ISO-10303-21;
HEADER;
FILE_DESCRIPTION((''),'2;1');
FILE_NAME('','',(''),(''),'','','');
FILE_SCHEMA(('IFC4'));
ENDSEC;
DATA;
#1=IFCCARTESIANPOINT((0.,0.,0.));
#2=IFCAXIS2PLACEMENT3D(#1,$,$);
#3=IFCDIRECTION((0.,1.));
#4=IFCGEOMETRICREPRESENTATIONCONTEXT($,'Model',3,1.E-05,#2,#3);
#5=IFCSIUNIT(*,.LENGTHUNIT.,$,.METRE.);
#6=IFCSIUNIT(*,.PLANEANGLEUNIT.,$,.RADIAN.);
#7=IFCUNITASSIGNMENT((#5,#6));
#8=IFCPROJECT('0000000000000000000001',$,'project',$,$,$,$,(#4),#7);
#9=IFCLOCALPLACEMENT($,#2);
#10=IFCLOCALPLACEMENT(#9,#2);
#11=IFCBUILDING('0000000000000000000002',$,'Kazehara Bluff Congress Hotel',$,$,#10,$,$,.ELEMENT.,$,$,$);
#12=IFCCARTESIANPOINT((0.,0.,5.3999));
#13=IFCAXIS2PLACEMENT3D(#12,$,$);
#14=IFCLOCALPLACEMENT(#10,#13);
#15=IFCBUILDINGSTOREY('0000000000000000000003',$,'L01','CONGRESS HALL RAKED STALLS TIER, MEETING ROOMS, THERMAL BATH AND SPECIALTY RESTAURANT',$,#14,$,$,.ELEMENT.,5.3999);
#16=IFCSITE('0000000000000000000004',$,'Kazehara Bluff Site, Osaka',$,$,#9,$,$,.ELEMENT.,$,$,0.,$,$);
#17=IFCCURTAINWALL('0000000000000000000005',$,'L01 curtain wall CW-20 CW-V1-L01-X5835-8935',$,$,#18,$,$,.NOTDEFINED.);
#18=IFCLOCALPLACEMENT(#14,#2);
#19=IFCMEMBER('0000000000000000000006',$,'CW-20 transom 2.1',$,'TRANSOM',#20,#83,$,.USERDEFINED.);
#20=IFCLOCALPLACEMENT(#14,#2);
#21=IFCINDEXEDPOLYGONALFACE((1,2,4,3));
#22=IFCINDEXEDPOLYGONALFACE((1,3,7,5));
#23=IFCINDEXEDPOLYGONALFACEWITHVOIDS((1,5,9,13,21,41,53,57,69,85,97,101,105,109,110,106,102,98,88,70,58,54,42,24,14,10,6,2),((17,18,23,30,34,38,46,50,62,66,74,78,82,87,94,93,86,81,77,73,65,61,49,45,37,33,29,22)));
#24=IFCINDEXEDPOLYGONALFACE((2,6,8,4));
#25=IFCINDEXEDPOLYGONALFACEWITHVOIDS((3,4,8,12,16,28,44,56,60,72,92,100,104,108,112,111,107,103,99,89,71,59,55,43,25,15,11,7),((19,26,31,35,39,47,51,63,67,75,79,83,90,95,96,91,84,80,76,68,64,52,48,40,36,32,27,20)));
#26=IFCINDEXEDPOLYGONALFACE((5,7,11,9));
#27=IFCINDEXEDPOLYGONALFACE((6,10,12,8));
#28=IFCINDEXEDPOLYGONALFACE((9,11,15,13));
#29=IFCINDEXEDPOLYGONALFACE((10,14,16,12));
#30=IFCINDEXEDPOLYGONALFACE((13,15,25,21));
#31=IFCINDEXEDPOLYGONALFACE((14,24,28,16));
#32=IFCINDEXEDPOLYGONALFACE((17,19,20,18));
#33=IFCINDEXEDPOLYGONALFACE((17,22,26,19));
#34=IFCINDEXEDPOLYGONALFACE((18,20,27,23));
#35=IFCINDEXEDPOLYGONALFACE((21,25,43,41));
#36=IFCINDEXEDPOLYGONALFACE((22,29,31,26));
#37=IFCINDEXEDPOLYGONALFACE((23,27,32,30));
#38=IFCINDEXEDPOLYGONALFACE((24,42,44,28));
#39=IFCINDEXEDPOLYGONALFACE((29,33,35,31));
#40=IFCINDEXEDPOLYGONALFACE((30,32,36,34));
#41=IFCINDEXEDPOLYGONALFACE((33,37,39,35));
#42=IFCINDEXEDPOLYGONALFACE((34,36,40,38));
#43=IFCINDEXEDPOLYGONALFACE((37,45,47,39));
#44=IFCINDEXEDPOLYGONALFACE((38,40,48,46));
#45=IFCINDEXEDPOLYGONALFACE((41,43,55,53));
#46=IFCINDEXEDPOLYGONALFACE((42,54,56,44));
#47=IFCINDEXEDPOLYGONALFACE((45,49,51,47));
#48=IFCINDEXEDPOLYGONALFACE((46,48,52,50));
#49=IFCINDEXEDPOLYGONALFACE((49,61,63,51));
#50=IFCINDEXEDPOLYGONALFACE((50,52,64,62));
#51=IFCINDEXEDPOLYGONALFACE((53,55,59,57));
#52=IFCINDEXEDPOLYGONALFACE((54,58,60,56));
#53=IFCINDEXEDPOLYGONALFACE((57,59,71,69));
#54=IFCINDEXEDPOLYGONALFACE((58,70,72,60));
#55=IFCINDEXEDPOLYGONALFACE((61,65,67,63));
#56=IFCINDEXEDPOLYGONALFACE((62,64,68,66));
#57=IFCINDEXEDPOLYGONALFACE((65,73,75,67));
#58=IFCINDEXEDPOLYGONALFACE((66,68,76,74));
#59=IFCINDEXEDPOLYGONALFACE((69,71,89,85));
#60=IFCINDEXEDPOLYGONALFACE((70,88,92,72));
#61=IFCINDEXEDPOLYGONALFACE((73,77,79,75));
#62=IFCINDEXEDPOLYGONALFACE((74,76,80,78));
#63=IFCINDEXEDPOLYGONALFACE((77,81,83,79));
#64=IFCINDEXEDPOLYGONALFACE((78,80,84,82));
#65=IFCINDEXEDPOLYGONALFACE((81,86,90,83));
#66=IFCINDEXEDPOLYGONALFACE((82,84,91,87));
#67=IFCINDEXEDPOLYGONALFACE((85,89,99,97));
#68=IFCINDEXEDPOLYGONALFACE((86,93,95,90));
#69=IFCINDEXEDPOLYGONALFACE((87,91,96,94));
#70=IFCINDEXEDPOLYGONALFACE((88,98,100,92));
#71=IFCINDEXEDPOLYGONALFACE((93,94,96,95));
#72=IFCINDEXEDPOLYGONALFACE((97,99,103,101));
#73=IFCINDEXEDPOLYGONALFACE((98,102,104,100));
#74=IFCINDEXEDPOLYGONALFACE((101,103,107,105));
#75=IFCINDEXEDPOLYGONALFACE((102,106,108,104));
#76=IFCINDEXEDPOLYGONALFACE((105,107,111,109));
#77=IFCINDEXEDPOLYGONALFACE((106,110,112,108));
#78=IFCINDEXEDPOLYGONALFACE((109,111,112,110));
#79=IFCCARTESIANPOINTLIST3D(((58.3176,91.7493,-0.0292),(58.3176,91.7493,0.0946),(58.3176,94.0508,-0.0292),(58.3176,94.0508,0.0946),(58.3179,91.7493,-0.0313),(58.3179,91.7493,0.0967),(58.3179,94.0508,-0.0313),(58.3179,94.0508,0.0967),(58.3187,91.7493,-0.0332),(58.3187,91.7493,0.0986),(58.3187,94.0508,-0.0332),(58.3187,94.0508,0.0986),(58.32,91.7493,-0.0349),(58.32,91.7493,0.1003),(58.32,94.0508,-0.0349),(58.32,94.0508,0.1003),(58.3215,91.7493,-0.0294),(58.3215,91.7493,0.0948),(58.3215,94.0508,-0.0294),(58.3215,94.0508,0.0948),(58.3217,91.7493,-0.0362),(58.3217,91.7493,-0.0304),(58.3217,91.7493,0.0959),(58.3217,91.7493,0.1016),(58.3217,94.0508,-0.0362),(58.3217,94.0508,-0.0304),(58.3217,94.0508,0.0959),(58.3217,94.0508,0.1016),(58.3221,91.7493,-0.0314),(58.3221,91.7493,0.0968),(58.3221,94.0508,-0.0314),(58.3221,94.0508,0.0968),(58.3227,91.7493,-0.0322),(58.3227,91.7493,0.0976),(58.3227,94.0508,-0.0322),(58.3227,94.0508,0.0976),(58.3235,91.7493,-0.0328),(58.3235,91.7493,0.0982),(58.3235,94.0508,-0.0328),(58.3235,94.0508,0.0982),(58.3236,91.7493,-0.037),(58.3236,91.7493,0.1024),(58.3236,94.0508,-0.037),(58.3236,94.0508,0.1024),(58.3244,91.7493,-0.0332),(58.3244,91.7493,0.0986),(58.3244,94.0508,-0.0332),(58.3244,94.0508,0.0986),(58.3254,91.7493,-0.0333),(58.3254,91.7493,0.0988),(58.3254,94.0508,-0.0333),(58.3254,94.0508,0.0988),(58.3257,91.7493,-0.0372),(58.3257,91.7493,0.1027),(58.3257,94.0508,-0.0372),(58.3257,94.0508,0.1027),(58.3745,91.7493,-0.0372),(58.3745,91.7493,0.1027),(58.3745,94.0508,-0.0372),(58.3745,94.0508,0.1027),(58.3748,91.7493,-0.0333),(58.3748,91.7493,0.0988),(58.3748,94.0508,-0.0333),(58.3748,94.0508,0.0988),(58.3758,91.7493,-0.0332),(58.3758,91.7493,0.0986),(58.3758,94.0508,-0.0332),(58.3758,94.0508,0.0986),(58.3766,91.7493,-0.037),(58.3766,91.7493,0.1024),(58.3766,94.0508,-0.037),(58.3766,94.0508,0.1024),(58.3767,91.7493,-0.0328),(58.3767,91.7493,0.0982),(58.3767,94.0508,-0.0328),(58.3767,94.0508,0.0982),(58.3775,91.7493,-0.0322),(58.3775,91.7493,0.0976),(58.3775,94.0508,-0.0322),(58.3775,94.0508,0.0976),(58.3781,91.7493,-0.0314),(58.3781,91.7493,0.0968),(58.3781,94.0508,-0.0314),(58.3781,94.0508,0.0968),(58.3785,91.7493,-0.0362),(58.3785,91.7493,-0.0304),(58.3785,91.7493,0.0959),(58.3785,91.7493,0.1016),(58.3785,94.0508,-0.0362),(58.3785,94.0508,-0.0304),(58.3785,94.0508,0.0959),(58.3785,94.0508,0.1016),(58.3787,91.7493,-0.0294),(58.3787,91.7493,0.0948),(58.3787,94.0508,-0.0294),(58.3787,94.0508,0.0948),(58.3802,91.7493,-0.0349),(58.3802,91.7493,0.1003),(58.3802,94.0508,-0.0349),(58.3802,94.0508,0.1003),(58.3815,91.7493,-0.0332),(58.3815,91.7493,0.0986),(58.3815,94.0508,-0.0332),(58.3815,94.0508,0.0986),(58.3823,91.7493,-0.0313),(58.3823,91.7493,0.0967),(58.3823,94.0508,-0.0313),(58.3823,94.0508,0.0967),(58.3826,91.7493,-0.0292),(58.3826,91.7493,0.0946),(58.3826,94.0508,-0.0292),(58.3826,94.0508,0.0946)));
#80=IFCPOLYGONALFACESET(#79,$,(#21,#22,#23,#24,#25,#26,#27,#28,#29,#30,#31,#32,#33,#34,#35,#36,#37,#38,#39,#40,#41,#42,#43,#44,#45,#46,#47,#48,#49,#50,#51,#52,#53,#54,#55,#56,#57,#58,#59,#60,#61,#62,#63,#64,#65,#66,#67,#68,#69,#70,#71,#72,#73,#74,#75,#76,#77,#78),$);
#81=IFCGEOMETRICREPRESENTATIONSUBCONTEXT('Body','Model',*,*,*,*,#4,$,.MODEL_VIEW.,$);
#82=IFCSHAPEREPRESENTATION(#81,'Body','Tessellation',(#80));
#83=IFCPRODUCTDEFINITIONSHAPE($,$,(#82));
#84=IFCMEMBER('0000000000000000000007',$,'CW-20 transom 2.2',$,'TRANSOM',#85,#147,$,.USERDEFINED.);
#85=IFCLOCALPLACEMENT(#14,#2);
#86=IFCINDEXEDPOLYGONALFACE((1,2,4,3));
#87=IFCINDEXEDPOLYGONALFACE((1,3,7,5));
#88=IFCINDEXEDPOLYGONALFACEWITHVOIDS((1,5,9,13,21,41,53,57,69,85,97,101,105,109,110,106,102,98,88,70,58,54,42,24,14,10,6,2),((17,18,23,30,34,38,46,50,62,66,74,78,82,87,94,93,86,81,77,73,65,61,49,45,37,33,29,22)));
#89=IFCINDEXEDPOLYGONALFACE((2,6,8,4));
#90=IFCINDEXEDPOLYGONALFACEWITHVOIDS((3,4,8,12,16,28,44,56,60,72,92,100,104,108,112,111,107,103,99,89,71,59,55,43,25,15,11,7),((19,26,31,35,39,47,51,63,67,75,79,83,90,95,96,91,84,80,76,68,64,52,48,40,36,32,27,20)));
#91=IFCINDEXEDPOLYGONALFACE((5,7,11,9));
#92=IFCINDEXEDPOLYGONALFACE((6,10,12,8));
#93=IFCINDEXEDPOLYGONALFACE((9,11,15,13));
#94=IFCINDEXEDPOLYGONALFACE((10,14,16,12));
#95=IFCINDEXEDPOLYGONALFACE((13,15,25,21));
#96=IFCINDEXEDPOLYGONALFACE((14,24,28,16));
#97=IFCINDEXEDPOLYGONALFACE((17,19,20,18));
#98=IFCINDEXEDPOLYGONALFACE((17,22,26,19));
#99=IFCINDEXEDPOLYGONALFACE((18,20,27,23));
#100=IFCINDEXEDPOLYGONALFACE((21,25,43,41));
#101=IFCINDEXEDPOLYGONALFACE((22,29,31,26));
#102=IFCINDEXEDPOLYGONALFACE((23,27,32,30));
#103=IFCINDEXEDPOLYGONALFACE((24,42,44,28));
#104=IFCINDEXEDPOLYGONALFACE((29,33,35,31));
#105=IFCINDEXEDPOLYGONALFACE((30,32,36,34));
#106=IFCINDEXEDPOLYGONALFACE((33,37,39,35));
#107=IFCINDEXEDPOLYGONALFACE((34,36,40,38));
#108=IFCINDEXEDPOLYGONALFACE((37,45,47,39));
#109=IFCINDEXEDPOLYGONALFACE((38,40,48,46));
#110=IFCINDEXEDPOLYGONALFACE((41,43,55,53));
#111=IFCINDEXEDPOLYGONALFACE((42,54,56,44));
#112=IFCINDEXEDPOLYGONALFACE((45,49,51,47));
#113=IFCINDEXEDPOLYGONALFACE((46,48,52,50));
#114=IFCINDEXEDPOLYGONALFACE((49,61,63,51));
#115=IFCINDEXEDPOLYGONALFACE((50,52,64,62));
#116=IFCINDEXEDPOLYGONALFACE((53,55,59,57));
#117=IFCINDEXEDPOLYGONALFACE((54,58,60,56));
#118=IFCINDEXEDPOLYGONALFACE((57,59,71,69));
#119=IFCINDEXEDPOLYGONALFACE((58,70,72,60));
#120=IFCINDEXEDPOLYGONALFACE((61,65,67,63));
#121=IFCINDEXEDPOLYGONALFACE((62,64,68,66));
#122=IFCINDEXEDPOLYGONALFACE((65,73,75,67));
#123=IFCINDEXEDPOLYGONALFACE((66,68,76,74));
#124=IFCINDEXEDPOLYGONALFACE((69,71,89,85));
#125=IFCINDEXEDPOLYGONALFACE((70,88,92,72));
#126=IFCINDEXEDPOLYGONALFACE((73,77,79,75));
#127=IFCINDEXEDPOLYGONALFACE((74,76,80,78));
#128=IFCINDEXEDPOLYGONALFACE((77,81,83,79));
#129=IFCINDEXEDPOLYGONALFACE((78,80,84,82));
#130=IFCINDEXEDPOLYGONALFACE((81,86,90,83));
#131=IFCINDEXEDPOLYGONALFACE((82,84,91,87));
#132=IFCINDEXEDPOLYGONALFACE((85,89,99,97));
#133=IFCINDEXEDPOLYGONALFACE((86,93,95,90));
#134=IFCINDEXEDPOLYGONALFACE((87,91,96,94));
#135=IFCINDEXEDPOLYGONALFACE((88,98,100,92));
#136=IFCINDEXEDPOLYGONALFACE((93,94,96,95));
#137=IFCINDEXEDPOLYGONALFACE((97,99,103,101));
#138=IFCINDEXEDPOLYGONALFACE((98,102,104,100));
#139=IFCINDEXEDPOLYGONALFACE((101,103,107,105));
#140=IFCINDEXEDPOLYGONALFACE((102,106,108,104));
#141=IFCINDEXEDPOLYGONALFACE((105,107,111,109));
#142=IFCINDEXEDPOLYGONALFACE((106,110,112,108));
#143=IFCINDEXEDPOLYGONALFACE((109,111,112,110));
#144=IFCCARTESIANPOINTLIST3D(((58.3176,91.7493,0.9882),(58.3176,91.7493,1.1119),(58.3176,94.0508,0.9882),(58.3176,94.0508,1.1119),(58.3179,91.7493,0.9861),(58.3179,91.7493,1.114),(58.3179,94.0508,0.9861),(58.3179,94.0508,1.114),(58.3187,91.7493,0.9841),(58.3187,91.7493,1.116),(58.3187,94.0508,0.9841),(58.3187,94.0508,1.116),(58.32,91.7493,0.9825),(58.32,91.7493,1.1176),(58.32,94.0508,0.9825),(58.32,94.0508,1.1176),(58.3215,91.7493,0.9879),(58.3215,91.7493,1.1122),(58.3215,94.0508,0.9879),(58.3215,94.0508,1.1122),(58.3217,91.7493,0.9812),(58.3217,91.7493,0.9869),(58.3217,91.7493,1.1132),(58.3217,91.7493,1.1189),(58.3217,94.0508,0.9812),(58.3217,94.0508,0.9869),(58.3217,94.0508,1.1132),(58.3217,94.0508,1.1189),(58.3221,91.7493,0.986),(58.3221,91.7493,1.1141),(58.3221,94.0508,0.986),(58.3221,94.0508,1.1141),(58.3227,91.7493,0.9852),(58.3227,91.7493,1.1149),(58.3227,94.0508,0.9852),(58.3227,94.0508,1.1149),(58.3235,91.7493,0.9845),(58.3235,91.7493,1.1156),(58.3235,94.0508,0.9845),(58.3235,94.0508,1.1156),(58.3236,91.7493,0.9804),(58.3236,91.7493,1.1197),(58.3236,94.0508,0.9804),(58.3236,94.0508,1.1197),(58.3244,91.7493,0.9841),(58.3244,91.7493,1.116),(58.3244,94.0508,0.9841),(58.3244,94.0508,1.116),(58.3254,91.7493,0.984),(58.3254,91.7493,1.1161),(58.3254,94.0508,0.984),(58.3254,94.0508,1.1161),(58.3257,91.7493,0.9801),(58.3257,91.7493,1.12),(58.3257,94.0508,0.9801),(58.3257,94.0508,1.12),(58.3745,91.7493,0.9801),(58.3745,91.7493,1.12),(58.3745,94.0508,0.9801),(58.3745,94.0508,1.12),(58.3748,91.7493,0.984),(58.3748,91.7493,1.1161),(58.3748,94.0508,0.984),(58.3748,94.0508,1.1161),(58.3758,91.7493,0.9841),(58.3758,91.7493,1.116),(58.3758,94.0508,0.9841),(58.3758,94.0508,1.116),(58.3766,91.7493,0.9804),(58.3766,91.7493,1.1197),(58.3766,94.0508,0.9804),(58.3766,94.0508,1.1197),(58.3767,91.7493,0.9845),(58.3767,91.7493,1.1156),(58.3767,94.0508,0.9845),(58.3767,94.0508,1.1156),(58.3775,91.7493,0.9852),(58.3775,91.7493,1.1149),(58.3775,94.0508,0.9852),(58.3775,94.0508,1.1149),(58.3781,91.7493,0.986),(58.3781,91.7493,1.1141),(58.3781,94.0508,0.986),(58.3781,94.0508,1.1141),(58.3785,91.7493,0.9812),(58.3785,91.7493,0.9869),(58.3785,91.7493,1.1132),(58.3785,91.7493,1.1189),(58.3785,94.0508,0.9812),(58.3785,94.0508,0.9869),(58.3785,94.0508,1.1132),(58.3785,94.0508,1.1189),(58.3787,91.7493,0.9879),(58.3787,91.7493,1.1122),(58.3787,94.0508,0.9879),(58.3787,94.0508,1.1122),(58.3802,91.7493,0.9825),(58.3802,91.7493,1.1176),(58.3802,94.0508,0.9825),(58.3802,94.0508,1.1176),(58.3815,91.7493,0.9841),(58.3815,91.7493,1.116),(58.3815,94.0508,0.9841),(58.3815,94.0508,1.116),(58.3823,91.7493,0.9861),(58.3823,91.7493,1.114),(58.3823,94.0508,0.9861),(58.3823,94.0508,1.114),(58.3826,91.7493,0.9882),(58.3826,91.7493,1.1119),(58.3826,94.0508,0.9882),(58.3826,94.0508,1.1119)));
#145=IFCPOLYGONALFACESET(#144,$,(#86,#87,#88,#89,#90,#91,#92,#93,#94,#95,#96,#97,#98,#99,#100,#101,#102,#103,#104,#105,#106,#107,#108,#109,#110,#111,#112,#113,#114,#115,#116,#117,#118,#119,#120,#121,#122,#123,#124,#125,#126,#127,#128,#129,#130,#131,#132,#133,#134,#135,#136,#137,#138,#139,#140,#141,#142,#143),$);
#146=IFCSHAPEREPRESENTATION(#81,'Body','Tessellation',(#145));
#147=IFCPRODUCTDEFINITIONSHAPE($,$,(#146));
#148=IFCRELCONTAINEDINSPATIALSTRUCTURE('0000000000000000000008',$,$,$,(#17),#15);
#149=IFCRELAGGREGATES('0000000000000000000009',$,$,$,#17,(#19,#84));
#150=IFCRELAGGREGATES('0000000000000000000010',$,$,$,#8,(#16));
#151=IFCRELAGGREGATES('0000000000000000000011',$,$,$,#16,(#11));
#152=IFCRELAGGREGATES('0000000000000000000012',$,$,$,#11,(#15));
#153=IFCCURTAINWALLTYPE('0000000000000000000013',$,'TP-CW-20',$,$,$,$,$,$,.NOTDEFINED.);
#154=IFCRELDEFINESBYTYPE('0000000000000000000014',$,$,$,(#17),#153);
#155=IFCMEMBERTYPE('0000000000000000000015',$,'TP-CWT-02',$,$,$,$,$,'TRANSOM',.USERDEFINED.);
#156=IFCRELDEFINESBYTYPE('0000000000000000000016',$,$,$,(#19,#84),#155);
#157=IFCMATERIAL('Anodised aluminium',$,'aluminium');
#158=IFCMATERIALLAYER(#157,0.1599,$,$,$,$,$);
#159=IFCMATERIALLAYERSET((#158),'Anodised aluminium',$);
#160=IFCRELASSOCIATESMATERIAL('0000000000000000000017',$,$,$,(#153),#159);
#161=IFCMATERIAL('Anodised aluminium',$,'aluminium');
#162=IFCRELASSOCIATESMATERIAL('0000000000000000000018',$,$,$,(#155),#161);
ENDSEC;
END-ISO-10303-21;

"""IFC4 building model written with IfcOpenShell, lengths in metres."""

from ifc_helpers import new_model, si_unit, direction, frame, origin, origin_2d, place, context, subcontext, project, spatial, hollow_rectangle, extrude, material, layer, layer_set, material_profile, profile_set, type_object, element, aggregate, save


model = new_model("IFC4")

# Units and contexts
model_context = context("Model", 3, precision=1e-05, world=origin(), true_north=direction((0.0, 1.0)))
body_context = subcontext(model_context, "Body", "Model", "MODEL_VIEW")
ifc_project = project(units=[si_unit("LENGTHUNIT", "METRE"), si_unit("PLANEANGLEUNIT", "RADIAN")], contexts=[model_context])

# Site, building, storey
site_placement = place(None, origin())
site = spatial("IfcSite", under=ifc_project, at=site_placement, Name="Kazehara Bluff Site, Osaka", CompositionType="ELEMENT", RefElevation=0.0)
building_placement = place(site_placement, origin())
building = spatial("IfcBuilding", under=site, at=building_placement, Name="Kazehara Bluff Congress Hotel", CompositionType="ELEMENT")
storey_placement = place(building_placement, frame((0.0, 0.0, 5.3999)))
storey = spatial("IfcBuildingStorey", under=building, at=storey_placement, Name="L01", Description="CONGRESS HALL RAKED STALLS TIER, MEETING ROOMS, THERMAL BATH AND SPECIALTY RESTAURANT", CompositionType="ELEMENT", Elevation=5.3999)

# Curtain wall, members
ifc_material_1 = material(Name="Anodised aluminium", Category="aluminium")
ifc_layer_1 = layer(ifc_material_1, 0.1599)
ifc_layer_set_1 = layer_set([ifc_layer_1], Name="Anodised aluminium")
curtain_wall_type = type_object("IfcCurtainWallType", Name="TP-CW-20", PredefinedType="NOTDEFINED", material=ifc_layer_set_1)
curtain_wall_placement = place(storey_placement, origin())
curtain_wall = element("IfcCurtainWall", 1, at=curtain_wall_placement, inside=storey, type_object=curtain_wall_type, Name="L01 curtain wall CW-20 CW-V1-L01-X5835-8935", PredefinedType="NOTDEFINED")
ifc_material_2 = material(Name="Anodised aluminium", Category="aluminium")
ifc_material_profile_1 = material_profile(ifc_material_2, hollow_rectangle(XDim=0.0649, YDim=0.1399, WallThickness=0.0039, InnerFilletRadius=0.0039, OuterFilletRadius=0.0081, at=origin_2d()))
ifc_profile_set_1 = profile_set([ifc_material_profile_1], Name="Anodised aluminium")
member_type_1 = type_object("IfcMemberType", Name="TP-CWT-02", ElementType="TRANSOM", PredefinedType="USERDEFINED", material=ifc_profile_set_1)
member_1_placement = place(storey_placement, frame((58.3501, 91.7493, 0.0327), z_axis=(0.0, 1.0, 0.0), x_axis=(-1.0, 0.0, 0.0)))
member_1 = element("IfcMember", 2, at=member_1_placement, type_object=member_type_1, Name="CW-20 transom 2.1", ObjectType="TRANSOM", PredefinedType="USERDEFINED", context=body_context, shape_type="SweptSolid", body=[
    extrude(hollow_rectangle(XDim=0.0649, YDim=0.1399, WallThickness=0.0039, InnerFilletRadius=0.0039, OuterFilletRadius=0.0081, at=origin_2d()), origin(), (0.0, 0.0, 1.0), 2.3015),
])
member_2_placement = place(storey_placement, frame((58.3501, 91.7493, 1.05), z_axis=(0.0, 1.0, 0.0), x_axis=(-1.0, 0.0, 0.0)))
member_2 = element("IfcMember", 3, at=member_2_placement, type_object=member_type_1, Name="CW-20 transom 2.2", ObjectType="TRANSOM", PredefinedType="USERDEFINED", context=body_context, shape_type="SweptSolid", body=[
    extrude(hollow_rectangle(XDim=0.0649, YDim=0.1399, WallThickness=0.0039, InnerFilletRadius=0.0039, OuterFilletRadius=0.0081, at=origin_2d()), origin(), (0.0, 0.0, 1.0), 2.3015),
])

aggregate(curtain_wall, [member_1, member_2])

save(model, "model.ifc")
